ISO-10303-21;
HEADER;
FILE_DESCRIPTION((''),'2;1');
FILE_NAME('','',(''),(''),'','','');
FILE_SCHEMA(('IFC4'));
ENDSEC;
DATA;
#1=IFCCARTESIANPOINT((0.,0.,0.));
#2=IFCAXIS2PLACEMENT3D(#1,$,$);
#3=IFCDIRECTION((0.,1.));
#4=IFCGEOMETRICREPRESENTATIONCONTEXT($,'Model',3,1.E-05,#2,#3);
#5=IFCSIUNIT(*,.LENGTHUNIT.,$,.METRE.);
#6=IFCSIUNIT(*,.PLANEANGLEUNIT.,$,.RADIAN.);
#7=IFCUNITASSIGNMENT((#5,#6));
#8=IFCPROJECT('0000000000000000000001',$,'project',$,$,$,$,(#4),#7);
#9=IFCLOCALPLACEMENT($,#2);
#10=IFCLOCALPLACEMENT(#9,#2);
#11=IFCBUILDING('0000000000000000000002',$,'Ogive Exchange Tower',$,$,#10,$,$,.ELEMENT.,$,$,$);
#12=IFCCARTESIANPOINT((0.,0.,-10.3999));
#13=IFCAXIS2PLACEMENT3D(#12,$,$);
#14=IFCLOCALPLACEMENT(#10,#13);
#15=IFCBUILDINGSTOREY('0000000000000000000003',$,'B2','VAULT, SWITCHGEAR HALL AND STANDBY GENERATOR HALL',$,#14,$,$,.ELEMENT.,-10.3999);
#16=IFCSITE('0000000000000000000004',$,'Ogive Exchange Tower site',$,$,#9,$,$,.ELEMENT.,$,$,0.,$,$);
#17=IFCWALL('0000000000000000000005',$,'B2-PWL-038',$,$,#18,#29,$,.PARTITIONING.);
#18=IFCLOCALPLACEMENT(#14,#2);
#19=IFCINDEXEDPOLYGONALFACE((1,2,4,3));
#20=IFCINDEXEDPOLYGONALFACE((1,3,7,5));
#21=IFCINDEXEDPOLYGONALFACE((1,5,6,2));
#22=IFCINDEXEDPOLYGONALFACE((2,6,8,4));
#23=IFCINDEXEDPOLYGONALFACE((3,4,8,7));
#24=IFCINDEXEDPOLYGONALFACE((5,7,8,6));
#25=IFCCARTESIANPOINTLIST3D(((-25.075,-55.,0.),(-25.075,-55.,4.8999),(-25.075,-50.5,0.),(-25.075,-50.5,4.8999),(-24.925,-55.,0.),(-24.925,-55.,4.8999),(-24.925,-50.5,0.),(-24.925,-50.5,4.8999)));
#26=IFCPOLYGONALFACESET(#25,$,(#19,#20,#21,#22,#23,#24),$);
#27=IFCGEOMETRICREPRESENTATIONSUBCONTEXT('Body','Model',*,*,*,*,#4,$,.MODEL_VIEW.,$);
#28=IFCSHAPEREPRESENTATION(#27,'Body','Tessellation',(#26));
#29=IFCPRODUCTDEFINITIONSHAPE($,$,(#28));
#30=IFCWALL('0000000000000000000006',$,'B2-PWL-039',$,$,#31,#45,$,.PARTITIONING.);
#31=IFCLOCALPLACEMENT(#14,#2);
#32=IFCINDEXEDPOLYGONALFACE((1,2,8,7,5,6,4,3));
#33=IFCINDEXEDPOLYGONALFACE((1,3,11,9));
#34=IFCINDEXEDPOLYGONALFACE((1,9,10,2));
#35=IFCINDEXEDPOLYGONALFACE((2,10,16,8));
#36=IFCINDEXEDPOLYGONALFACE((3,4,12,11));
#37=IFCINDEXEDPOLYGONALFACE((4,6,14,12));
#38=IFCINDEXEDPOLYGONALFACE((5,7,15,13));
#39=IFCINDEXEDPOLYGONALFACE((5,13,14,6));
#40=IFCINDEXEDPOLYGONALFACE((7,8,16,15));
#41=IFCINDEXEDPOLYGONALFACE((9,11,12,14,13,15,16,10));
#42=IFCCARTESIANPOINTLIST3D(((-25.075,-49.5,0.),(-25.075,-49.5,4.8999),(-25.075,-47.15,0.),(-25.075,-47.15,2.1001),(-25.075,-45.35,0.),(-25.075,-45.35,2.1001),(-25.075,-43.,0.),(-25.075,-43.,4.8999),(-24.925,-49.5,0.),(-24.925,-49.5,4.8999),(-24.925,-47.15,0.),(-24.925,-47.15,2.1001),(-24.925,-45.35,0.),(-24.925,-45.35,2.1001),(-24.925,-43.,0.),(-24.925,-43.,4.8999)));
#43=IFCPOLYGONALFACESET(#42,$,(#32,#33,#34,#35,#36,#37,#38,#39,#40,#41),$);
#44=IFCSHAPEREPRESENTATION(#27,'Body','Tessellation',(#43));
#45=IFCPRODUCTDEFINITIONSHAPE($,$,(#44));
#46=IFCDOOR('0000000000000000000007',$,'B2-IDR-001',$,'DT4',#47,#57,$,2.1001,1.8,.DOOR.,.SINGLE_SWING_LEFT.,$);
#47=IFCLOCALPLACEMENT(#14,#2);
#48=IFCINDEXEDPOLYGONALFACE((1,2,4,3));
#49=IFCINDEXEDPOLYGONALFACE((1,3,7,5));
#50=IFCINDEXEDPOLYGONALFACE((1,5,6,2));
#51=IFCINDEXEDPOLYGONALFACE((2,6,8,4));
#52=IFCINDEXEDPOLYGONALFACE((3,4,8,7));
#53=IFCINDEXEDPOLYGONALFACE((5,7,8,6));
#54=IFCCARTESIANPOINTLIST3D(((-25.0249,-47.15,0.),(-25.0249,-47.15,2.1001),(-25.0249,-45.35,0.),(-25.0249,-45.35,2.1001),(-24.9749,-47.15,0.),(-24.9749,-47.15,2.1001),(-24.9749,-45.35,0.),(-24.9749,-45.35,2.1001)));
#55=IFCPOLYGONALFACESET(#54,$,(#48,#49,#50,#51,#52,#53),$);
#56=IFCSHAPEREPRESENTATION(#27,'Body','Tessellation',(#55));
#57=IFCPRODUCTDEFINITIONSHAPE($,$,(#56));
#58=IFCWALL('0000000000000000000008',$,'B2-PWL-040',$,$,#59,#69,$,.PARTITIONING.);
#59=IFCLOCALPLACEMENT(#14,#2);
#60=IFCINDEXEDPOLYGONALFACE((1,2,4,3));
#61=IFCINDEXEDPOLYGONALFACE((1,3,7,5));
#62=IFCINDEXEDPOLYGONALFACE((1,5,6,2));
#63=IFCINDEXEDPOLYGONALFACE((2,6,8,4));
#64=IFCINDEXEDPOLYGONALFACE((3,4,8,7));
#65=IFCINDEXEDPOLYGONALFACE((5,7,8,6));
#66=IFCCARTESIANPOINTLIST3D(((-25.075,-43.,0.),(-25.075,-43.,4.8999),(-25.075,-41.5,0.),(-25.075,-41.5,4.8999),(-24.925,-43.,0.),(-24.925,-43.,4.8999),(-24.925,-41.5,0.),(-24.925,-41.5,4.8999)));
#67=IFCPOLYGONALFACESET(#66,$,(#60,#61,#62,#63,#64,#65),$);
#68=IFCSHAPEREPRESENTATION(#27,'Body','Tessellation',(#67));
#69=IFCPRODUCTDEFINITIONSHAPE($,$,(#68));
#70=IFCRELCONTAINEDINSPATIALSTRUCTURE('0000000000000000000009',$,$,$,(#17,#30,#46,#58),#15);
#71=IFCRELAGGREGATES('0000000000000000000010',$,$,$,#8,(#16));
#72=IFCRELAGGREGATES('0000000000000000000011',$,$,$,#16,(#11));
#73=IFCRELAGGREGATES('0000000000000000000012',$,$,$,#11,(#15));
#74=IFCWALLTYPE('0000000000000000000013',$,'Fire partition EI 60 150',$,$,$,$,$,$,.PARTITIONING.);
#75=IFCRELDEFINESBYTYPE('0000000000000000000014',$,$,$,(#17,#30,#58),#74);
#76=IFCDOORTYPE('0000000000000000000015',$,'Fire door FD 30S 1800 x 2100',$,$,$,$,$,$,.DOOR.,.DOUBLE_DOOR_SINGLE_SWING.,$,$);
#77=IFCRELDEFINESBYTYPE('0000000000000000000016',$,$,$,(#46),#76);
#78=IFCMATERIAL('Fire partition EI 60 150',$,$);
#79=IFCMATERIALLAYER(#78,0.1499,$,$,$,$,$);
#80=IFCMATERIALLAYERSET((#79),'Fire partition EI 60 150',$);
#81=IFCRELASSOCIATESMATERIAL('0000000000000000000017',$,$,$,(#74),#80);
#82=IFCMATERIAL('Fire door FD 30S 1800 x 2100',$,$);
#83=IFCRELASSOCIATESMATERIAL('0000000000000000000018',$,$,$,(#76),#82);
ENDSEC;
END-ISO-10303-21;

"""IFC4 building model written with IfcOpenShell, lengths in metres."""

from ifc_helpers import new_model, si_unit, direction, frame, frame_2d, origin, place, context, subcontext, project, spatial, rectangle, extrude, material, layer, layer_set, type_object, element, fill, save


model = new_model("IFC4")

# Units and contexts
model_context = context("Model", 3, precision=1e-05, world=origin(), true_north=direction((0.0, 1.0)))
body_context = subcontext(model_context, "Body", "Model", "MODEL_VIEW")
ifc_project = project(units=[si_unit("LENGTHUNIT", "METRE"), si_unit("PLANEANGLEUNIT", "RADIAN")], contexts=[model_context])

# Site, building, storey
site_placement = place(None, origin())
site = spatial("IfcSite", under=ifc_project, at=site_placement, Name="Ogive Exchange Tower site", CompositionType="ELEMENT", RefElevation=0.0)
building_placement = place(site_placement, origin())
building = spatial("IfcBuilding", under=site, at=building_placement, Name="Ogive Exchange Tower", CompositionType="ELEMENT")
storey_placement = place(building_placement, frame((0.0, 0.0, -10.3999)))
storey = spatial("IfcBuildingStorey", under=building, at=storey_placement, Name="B2", Description="VAULT, SWITCHGEAR HALL AND STANDBY GENERATOR HALL", CompositionType="ELEMENT", Elevation=-10.3999)

# Wall
ifc_material_1 = material(Name="Fire partition EI 60 150")
ifc_layer_1 = layer(ifc_material_1, 0.1499)
ifc_layer_set_1 = layer_set([ifc_layer_1], Name="Fire partition EI 60 150")
wall_type_1 = type_object("IfcWallType", Name="Fire partition EI 60 150", PredefinedType="PARTITIONING", material=ifc_layer_set_1)
wall_1_placement = place(storey_placement, frame((-25.0, -55.0, 0.0), z_axis=(0.0, 0.0, 1.0), x_axis=(0.0, 1.0, 0.0)))
element("IfcWall", 1, at=wall_1_placement, inside=storey, type_object=wall_type_1, Name="B2-PWL-038", PredefinedType="PARTITIONING", context=body_context, shape_type="SweptSolid", body=[
    extrude(rectangle(XDim=4.5, YDim=0.1499, at=frame_2d((2.25, 0.0))), origin(), (0.0, 0.0, 1.0), 4.8999),
])

# Wall, opening, door
wall_2_placement = place(storey_placement, frame((-25.0, -49.5, 0.0), z_axis=(0.0, 0.0, 1.0), x_axis=(0.0, 1.0, 0.0)))
wall_2 = element("IfcWall", 2, at=wall_2_placement, inside=storey, type_object=wall_type_1, Name="B2-PWL-039", PredefinedType="PARTITIONING", context=body_context, shape_type="SweptSolid", body=[
    extrude(rectangle(XDim=6.5, YDim=0.1499, at=frame_2d((3.25, 0.0))), origin(), (0.0, 0.0, 1.0), 4.8999),
])
opening_placement = place(wall_2_placement, frame((2.3501, 0.0, 0.0)))
opening = element("IfcOpeningElement", 3, at=opening_placement, cuts=wall_2, PredefinedType="OPENING", context=body_context, shape_type="SweptSolid", body=[
    extrude(rectangle(XDim=1.8, YDim=2.1001, at=frame_2d((0.8999, 1.05))), frame((0.0, 0.085, 0.0), z_axis=(0.0, -1.0, 0.0), x_axis=(1.0, 0.0, 0.0)), (0.0, 0.0, 1.0), 0.1699),
])
ifc_material_2 = material(Name="Fire door FD 30S 1800 x 2100")
door_type = type_object("IfcDoorType", Name="Fire door FD 30S 1800 x 2100", OperationType="DOUBLE_DOOR_SINGLE_SWING", PredefinedType="DOOR", material=ifc_material_2)
door_placement = place(opening_placement, origin())
door = element("IfcDoor", 4, at=door_placement, inside=storey, type_object=door_type, Name="B2-IDR-001", ObjectType="DT4", OperationType="SINGLE_SWING_LEFT", OverallHeight=2.1001, OverallWidth=1.8, PredefinedType="DOOR", context=body_context, shape_type="SweptSolid", body=[
    extrude(rectangle(XDim=1.8, YDim=2.1001, at=frame_2d((0.8999, 1.05))), frame((0.0, 0.0249, 0.0), z_axis=(0.0, -1.0, 0.0), x_axis=(1.0, 0.0, 0.0)), (0.0, 0.0, 1.0), 0.05),
])
fill(opening, door)

# Wall
wall_3_placement = place(storey_placement, frame((-25.0, -43.0, 0.0), z_axis=(0.0, 0.0, 1.0), x_axis=(0.0, 1.0, 0.0)))
element("IfcWall", 5, at=wall_3_placement, inside=storey, type_object=wall_type_1, Name="B2-PWL-040", PredefinedType="PARTITIONING", context=body_context, shape_type="SweptSolid", body=[
    extrude(rectangle(XDim=1.5, YDim=0.1499, at=frame_2d((0.75, 0.0))), origin(), (0.0, 0.0, 1.0), 4.8999),
])

save(model, "model.ifc")
